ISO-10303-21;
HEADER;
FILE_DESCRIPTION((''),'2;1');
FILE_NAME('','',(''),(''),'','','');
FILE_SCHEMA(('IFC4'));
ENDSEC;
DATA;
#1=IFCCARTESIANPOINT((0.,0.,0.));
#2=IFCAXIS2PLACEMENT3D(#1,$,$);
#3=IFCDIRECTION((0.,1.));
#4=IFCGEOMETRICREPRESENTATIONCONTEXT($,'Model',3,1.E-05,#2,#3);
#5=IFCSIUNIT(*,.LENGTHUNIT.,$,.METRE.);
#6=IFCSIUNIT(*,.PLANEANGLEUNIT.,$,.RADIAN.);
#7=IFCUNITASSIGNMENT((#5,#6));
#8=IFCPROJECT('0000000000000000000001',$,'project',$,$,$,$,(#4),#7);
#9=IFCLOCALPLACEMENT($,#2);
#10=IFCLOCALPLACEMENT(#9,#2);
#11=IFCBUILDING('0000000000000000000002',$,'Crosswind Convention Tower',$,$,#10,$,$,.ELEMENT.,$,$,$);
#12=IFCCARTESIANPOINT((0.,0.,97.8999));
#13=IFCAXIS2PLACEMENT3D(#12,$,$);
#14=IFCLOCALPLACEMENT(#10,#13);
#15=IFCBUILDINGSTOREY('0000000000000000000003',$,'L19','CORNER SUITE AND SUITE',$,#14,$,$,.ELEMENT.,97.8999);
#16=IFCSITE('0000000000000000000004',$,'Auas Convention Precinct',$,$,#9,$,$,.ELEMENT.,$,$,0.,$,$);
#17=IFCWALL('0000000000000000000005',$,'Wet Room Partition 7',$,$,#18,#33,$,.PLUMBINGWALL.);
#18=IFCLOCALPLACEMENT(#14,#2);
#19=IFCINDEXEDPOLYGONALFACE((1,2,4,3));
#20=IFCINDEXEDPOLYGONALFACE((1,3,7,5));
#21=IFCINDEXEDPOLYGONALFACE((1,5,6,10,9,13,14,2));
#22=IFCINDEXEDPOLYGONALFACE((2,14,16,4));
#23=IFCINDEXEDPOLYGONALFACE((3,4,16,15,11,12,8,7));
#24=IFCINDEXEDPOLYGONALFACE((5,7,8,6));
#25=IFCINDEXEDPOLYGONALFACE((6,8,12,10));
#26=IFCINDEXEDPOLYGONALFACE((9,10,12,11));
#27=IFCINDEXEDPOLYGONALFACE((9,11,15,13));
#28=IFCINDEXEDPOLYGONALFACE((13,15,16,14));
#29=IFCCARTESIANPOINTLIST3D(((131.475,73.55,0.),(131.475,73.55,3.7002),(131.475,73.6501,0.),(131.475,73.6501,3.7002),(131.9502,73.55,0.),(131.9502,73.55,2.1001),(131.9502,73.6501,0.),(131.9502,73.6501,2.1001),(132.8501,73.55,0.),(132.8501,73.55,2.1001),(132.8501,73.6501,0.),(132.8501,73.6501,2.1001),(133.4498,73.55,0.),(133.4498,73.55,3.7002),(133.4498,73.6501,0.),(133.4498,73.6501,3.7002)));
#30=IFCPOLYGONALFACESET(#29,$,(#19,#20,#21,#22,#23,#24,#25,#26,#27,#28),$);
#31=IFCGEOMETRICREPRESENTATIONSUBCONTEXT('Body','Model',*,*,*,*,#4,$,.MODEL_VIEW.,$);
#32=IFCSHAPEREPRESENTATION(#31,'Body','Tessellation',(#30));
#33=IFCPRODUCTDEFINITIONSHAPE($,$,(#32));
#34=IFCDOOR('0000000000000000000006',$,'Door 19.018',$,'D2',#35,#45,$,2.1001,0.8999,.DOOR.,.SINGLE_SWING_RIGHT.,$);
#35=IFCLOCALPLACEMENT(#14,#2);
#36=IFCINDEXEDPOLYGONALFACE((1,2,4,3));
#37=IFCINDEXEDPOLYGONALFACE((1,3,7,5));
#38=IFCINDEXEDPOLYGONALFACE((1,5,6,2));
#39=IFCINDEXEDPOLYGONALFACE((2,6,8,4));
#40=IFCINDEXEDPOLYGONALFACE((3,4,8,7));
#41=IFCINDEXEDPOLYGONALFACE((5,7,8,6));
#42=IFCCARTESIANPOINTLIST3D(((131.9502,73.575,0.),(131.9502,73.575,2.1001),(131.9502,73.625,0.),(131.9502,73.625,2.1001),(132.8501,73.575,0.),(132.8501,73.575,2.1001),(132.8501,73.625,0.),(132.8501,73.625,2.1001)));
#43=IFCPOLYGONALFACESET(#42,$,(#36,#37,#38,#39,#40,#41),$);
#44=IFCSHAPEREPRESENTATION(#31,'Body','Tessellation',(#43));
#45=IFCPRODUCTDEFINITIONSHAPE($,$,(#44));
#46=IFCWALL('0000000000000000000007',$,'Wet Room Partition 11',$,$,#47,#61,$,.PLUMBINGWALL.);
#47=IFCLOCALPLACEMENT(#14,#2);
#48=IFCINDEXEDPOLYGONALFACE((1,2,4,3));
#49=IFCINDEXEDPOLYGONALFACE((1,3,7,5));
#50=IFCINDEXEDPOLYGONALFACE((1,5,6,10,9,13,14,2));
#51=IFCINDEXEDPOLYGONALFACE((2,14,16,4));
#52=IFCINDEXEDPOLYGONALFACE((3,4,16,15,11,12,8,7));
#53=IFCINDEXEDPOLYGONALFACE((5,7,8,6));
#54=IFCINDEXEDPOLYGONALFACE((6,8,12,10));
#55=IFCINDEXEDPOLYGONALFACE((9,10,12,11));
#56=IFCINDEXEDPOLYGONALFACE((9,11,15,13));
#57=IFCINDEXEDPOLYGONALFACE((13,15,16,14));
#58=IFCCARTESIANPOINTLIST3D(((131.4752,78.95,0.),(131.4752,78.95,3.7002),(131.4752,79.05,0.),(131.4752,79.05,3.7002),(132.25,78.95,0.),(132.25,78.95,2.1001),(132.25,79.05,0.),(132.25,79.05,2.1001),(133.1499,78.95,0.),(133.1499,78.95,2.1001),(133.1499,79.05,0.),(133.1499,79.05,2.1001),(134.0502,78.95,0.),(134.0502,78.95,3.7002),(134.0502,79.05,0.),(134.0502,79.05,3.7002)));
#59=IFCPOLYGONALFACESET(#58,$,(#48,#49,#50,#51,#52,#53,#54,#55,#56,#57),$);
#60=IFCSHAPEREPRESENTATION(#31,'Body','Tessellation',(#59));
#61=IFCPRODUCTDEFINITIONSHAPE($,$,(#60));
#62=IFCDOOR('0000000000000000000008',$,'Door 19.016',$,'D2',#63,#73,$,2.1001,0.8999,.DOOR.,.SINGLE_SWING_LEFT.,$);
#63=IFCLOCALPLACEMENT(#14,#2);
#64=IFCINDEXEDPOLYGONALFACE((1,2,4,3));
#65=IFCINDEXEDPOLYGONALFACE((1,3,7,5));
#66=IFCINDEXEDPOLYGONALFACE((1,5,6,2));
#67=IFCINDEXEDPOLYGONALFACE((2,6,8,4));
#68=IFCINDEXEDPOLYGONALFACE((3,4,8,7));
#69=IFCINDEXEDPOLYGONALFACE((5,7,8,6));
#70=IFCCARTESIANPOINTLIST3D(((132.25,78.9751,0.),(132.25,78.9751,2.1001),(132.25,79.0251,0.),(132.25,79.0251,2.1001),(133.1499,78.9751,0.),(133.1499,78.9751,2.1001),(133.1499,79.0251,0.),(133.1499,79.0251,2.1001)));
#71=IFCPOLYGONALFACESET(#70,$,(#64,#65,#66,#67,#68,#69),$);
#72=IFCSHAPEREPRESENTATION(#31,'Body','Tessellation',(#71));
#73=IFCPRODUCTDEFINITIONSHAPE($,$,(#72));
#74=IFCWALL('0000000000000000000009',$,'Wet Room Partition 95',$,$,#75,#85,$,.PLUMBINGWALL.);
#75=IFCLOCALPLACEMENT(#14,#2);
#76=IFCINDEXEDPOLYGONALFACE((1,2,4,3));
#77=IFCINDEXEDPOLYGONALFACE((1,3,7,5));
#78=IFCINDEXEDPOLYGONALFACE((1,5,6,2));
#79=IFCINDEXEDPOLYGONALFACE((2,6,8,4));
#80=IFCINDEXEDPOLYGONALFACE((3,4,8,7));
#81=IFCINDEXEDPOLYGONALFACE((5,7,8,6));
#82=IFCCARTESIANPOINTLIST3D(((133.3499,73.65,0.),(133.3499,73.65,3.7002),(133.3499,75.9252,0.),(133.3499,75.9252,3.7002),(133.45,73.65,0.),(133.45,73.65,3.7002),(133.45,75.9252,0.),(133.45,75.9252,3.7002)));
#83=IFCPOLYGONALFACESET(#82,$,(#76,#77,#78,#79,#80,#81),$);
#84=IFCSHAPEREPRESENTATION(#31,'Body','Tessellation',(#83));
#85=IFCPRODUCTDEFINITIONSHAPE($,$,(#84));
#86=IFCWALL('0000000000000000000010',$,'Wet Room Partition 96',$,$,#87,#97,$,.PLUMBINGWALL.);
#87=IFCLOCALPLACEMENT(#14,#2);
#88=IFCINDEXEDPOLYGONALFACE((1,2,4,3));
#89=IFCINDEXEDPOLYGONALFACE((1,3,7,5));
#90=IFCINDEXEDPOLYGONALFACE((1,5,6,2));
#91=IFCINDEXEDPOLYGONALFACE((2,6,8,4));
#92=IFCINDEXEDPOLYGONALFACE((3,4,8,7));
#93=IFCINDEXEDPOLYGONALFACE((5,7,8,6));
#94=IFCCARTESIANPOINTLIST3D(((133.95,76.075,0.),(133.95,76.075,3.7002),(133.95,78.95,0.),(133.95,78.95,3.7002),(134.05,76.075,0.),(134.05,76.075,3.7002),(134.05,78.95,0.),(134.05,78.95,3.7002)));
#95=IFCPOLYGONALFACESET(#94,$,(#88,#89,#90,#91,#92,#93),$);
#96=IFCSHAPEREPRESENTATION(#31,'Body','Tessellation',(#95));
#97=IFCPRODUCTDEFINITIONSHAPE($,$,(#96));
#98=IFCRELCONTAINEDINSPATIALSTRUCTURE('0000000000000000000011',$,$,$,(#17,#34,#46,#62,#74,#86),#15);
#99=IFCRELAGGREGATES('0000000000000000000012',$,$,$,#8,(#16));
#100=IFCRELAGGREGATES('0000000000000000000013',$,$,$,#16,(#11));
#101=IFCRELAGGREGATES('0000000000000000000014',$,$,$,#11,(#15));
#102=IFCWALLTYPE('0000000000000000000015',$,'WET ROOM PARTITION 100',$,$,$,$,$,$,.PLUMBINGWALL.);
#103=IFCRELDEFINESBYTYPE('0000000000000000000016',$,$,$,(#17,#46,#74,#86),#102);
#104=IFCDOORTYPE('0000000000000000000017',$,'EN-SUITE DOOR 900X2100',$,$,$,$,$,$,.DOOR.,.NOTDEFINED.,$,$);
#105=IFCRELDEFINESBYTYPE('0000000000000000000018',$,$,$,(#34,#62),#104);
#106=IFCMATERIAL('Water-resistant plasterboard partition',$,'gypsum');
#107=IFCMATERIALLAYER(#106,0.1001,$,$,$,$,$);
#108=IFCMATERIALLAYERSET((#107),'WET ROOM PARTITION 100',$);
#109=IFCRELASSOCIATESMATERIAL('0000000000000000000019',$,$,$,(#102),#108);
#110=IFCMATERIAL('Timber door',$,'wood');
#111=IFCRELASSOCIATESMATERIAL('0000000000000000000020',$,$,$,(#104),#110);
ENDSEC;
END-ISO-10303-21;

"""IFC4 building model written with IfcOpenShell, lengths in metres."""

from ifc_helpers import new_model, si_unit, direction, frame, frame_2d, origin, place, context, subcontext, project, spatial, rectangle, extrude, material, layer, layer_set, type_object, element, fill, save


model = new_model("IFC4")

# Units and contexts
model_context = context("Model", 3, precision=1e-05, world=origin(), true_north=direction((0.0, 1.0)))
body_context = subcontext(model_context, "Body", "Model", "MODEL_VIEW")
ifc_project = project(units=[si_unit("LENGTHUNIT", "METRE"), si_unit("PLANEANGLEUNIT", "RADIAN")], contexts=[model_context])

# Site, building, storey
site_placement = place(None, origin())
site = spatial("IfcSite", under=ifc_project, at=site_placement, Name="Auas Convention Precinct", CompositionType="ELEMENT", RefElevation=0.0)
building_placement = place(site_placement, origin())
building = spatial("IfcBuilding", under=site, at=building_placement, Name="Crosswind Convention Tower", CompositionType="ELEMENT")
storey_placement = place(building_placement, frame((0.0, 0.0, 97.8999)))
storey = spatial("IfcBuildingStorey", under=building, at=storey_placement, Name="L19", Description="CORNER SUITE AND SUITE", CompositionType="ELEMENT", Elevation=97.8999)

# Walls, openings, doors
ifc_material_1 = material(Name="Water-resistant plasterboard partition", Category="gypsum")
ifc_layer_1 = layer(ifc_material_1, 0.1001)
ifc_layer_set_1 = layer_set([ifc_layer_1], Name="WET ROOM PARTITION 100")
wall_type_1 = type_object("IfcWallType", Name="WET ROOM PARTITION 100", PredefinedType="PLUMBINGWALL", material=ifc_layer_set_1)
wall_1_placement = place(storey_placement, frame((131.4751, 73.6001, 0.0), z_axis=(0.0, 0.0, 1.0), x_axis=(1.0, 0.0, 0.0)))
wall_1 = element("IfcWall", 1, at=wall_1_placement, inside=storey, type_object=wall_type_1, Name="Wet Room Partition 7", PredefinedType="PLUMBINGWALL", context=body_context, shape_type="SweptSolid", body=[
    extrude(rectangle(XDim=1.9749, YDim=0.1001, at=frame_2d((0.9873, 0.0))), origin(), (0.0, 0.0, 1.0), 3.7002),
])
opening_1_placement = place(wall_1_placement, frame((0.4751, 0.0, 0.0)))
opening_1 = element("IfcOpeningElement", 2, at=opening_1_placement, cuts=wall_1, PredefinedType="OPENING", context=body_context, shape_type="SweptSolid", body=[
    extrude(rectangle(XDim=0.8999, YDim=2.1001, at=frame_2d((0.45, 1.05))), frame((0.0, 0.0601, 0.0), z_axis=(0.0, -1.0, 0.0), x_axis=(1.0, 0.0, 0.0)), (0.0, 0.0, 1.0), 0.1201),
])
ifc_material_2 = material(Name="Timber door", Category="wood")
door_type = type_object("IfcDoorType", Name="EN-SUITE DOOR 900X2100", OperationType="NOTDEFINED", PredefinedType="DOOR", material=ifc_material_2)
door_1_placement = place(opening_1_placement, origin())
door_1 = element("IfcDoor", 3, at=door_1_placement, inside=storey, type_object=door_type, Name="Door 19.018", ObjectType="D2", OperationType="SINGLE_SWING_RIGHT", OverallHeight=2.1001, OverallWidth=0.8999, PredefinedType="DOOR", context=body_context, shape_type="SweptSolid", body=[
    extrude(rectangle(XDim=0.8999, YDim=2.1001, at=frame_2d((0.45, 1.05))), frame((0.0, 0.0249, 0.0), z_axis=(0.0, -1.0, 0.0), x_axis=(1.0, 0.0, 0.0)), (0.0, 0.0, 1.0), 0.05),
])
fill(opening_1, door_1)
wall_2_placement = place(storey_placement, frame((131.4751, 79.0, 0.0), z_axis=(0.0, 0.0, 1.0), x_axis=(1.0, 0.0, 0.0)))
wall_2 = element("IfcWall", 4, at=wall_2_placement, inside=storey, type_object=wall_type_1, Name="Wet Room Partition 11", PredefinedType="PLUMBINGWALL", context=body_context, shape_type="SweptSolid", body=[
    extrude(rectangle(XDim=2.575, YDim=0.1001, at=frame_2d((1.2876, 0.0))), origin(), (0.0, 0.0, 1.0), 3.7002),
])
opening_2_placement = place(wall_2_placement, frame((0.7749, 0.0, 0.0)))
opening_2 = element("IfcOpeningElement", 5, at=opening_2_placement, cuts=wall_2, PredefinedType="OPENING", context=body_context, shape_type="SweptSolid", body=[
    extrude(rectangle(XDim=0.8999, YDim=2.1001, at=frame_2d((0.45, 1.05))), frame((0.0, 0.0601, 0.0), z_axis=(0.0, -1.0, 0.0), x_axis=(1.0, 0.0, 0.0)), (0.0, 0.0, 1.0), 0.1201),
])
door_2_placement = place(opening_2_placement, frame((0.8999, 0.0, 0.0), z_axis=(0.0, 0.0, 1.0), x_axis=(-1.0, 0.0, 0.0)))
door_2 = element("IfcDoor", 6, at=door_2_placement, inside=storey, type_object=door_type, Name="Door 19.016", ObjectType="D2", OperationType="SINGLE_SWING_LEFT", OverallHeight=2.1001, OverallWidth=0.8999, PredefinedType="DOOR", context=body_context, shape_type="SweptSolid", body=[
    extrude(rectangle(XDim=0.8999, YDim=2.1001, at=frame_2d((0.45, 1.05))), frame((0.0, 0.0249, 0.0), z_axis=(0.0, -1.0, 0.0), x_axis=(1.0, 0.0, 0.0)), (0.0, 0.0, 1.0), 0.05),
])
fill(opening_2, door_2)

# Walls
wall_3_placement = place(storey_placement, frame((133.3999, 73.6499, 0.0), z_axis=(0.0, 0.0, 1.0), x_axis=(0.0, 1.0, 0.0)))
element("IfcWall", 7, at=wall_3_placement, inside=storey, type_object=wall_type_1, Name="Wet Room Partition 95", PredefinedType="PLUMBINGWALL", context=body_context, shape_type="SweptSolid", body=[
    extrude(rectangle(XDim=2.2751, YDim=0.1001, at=frame_2d((1.1377, 0.0))), origin(), (0.0, 0.0, 1.0), 3.7002),
])
wall_4_placement = place(storey_placement, frame((134.0, 76.075, 0.0), z_axis=(0.0, 0.0, 1.0), x_axis=(0.0, 1.0, 0.0)))
element("IfcWall", 8, at=wall_4_placement, inside=storey, type_object=wall_type_1, Name="Wet Room Partition 96", PredefinedType="PLUMBINGWALL", context=body_context, shape_type="SweptSolid", body=[
    extrude(rectangle(XDim=2.875, YDim=0.1001, at=frame_2d((1.4375, 0.0))), origin(), (0.0, 0.0, 1.0), 3.7002),
])

save(model, "model.ifc")
